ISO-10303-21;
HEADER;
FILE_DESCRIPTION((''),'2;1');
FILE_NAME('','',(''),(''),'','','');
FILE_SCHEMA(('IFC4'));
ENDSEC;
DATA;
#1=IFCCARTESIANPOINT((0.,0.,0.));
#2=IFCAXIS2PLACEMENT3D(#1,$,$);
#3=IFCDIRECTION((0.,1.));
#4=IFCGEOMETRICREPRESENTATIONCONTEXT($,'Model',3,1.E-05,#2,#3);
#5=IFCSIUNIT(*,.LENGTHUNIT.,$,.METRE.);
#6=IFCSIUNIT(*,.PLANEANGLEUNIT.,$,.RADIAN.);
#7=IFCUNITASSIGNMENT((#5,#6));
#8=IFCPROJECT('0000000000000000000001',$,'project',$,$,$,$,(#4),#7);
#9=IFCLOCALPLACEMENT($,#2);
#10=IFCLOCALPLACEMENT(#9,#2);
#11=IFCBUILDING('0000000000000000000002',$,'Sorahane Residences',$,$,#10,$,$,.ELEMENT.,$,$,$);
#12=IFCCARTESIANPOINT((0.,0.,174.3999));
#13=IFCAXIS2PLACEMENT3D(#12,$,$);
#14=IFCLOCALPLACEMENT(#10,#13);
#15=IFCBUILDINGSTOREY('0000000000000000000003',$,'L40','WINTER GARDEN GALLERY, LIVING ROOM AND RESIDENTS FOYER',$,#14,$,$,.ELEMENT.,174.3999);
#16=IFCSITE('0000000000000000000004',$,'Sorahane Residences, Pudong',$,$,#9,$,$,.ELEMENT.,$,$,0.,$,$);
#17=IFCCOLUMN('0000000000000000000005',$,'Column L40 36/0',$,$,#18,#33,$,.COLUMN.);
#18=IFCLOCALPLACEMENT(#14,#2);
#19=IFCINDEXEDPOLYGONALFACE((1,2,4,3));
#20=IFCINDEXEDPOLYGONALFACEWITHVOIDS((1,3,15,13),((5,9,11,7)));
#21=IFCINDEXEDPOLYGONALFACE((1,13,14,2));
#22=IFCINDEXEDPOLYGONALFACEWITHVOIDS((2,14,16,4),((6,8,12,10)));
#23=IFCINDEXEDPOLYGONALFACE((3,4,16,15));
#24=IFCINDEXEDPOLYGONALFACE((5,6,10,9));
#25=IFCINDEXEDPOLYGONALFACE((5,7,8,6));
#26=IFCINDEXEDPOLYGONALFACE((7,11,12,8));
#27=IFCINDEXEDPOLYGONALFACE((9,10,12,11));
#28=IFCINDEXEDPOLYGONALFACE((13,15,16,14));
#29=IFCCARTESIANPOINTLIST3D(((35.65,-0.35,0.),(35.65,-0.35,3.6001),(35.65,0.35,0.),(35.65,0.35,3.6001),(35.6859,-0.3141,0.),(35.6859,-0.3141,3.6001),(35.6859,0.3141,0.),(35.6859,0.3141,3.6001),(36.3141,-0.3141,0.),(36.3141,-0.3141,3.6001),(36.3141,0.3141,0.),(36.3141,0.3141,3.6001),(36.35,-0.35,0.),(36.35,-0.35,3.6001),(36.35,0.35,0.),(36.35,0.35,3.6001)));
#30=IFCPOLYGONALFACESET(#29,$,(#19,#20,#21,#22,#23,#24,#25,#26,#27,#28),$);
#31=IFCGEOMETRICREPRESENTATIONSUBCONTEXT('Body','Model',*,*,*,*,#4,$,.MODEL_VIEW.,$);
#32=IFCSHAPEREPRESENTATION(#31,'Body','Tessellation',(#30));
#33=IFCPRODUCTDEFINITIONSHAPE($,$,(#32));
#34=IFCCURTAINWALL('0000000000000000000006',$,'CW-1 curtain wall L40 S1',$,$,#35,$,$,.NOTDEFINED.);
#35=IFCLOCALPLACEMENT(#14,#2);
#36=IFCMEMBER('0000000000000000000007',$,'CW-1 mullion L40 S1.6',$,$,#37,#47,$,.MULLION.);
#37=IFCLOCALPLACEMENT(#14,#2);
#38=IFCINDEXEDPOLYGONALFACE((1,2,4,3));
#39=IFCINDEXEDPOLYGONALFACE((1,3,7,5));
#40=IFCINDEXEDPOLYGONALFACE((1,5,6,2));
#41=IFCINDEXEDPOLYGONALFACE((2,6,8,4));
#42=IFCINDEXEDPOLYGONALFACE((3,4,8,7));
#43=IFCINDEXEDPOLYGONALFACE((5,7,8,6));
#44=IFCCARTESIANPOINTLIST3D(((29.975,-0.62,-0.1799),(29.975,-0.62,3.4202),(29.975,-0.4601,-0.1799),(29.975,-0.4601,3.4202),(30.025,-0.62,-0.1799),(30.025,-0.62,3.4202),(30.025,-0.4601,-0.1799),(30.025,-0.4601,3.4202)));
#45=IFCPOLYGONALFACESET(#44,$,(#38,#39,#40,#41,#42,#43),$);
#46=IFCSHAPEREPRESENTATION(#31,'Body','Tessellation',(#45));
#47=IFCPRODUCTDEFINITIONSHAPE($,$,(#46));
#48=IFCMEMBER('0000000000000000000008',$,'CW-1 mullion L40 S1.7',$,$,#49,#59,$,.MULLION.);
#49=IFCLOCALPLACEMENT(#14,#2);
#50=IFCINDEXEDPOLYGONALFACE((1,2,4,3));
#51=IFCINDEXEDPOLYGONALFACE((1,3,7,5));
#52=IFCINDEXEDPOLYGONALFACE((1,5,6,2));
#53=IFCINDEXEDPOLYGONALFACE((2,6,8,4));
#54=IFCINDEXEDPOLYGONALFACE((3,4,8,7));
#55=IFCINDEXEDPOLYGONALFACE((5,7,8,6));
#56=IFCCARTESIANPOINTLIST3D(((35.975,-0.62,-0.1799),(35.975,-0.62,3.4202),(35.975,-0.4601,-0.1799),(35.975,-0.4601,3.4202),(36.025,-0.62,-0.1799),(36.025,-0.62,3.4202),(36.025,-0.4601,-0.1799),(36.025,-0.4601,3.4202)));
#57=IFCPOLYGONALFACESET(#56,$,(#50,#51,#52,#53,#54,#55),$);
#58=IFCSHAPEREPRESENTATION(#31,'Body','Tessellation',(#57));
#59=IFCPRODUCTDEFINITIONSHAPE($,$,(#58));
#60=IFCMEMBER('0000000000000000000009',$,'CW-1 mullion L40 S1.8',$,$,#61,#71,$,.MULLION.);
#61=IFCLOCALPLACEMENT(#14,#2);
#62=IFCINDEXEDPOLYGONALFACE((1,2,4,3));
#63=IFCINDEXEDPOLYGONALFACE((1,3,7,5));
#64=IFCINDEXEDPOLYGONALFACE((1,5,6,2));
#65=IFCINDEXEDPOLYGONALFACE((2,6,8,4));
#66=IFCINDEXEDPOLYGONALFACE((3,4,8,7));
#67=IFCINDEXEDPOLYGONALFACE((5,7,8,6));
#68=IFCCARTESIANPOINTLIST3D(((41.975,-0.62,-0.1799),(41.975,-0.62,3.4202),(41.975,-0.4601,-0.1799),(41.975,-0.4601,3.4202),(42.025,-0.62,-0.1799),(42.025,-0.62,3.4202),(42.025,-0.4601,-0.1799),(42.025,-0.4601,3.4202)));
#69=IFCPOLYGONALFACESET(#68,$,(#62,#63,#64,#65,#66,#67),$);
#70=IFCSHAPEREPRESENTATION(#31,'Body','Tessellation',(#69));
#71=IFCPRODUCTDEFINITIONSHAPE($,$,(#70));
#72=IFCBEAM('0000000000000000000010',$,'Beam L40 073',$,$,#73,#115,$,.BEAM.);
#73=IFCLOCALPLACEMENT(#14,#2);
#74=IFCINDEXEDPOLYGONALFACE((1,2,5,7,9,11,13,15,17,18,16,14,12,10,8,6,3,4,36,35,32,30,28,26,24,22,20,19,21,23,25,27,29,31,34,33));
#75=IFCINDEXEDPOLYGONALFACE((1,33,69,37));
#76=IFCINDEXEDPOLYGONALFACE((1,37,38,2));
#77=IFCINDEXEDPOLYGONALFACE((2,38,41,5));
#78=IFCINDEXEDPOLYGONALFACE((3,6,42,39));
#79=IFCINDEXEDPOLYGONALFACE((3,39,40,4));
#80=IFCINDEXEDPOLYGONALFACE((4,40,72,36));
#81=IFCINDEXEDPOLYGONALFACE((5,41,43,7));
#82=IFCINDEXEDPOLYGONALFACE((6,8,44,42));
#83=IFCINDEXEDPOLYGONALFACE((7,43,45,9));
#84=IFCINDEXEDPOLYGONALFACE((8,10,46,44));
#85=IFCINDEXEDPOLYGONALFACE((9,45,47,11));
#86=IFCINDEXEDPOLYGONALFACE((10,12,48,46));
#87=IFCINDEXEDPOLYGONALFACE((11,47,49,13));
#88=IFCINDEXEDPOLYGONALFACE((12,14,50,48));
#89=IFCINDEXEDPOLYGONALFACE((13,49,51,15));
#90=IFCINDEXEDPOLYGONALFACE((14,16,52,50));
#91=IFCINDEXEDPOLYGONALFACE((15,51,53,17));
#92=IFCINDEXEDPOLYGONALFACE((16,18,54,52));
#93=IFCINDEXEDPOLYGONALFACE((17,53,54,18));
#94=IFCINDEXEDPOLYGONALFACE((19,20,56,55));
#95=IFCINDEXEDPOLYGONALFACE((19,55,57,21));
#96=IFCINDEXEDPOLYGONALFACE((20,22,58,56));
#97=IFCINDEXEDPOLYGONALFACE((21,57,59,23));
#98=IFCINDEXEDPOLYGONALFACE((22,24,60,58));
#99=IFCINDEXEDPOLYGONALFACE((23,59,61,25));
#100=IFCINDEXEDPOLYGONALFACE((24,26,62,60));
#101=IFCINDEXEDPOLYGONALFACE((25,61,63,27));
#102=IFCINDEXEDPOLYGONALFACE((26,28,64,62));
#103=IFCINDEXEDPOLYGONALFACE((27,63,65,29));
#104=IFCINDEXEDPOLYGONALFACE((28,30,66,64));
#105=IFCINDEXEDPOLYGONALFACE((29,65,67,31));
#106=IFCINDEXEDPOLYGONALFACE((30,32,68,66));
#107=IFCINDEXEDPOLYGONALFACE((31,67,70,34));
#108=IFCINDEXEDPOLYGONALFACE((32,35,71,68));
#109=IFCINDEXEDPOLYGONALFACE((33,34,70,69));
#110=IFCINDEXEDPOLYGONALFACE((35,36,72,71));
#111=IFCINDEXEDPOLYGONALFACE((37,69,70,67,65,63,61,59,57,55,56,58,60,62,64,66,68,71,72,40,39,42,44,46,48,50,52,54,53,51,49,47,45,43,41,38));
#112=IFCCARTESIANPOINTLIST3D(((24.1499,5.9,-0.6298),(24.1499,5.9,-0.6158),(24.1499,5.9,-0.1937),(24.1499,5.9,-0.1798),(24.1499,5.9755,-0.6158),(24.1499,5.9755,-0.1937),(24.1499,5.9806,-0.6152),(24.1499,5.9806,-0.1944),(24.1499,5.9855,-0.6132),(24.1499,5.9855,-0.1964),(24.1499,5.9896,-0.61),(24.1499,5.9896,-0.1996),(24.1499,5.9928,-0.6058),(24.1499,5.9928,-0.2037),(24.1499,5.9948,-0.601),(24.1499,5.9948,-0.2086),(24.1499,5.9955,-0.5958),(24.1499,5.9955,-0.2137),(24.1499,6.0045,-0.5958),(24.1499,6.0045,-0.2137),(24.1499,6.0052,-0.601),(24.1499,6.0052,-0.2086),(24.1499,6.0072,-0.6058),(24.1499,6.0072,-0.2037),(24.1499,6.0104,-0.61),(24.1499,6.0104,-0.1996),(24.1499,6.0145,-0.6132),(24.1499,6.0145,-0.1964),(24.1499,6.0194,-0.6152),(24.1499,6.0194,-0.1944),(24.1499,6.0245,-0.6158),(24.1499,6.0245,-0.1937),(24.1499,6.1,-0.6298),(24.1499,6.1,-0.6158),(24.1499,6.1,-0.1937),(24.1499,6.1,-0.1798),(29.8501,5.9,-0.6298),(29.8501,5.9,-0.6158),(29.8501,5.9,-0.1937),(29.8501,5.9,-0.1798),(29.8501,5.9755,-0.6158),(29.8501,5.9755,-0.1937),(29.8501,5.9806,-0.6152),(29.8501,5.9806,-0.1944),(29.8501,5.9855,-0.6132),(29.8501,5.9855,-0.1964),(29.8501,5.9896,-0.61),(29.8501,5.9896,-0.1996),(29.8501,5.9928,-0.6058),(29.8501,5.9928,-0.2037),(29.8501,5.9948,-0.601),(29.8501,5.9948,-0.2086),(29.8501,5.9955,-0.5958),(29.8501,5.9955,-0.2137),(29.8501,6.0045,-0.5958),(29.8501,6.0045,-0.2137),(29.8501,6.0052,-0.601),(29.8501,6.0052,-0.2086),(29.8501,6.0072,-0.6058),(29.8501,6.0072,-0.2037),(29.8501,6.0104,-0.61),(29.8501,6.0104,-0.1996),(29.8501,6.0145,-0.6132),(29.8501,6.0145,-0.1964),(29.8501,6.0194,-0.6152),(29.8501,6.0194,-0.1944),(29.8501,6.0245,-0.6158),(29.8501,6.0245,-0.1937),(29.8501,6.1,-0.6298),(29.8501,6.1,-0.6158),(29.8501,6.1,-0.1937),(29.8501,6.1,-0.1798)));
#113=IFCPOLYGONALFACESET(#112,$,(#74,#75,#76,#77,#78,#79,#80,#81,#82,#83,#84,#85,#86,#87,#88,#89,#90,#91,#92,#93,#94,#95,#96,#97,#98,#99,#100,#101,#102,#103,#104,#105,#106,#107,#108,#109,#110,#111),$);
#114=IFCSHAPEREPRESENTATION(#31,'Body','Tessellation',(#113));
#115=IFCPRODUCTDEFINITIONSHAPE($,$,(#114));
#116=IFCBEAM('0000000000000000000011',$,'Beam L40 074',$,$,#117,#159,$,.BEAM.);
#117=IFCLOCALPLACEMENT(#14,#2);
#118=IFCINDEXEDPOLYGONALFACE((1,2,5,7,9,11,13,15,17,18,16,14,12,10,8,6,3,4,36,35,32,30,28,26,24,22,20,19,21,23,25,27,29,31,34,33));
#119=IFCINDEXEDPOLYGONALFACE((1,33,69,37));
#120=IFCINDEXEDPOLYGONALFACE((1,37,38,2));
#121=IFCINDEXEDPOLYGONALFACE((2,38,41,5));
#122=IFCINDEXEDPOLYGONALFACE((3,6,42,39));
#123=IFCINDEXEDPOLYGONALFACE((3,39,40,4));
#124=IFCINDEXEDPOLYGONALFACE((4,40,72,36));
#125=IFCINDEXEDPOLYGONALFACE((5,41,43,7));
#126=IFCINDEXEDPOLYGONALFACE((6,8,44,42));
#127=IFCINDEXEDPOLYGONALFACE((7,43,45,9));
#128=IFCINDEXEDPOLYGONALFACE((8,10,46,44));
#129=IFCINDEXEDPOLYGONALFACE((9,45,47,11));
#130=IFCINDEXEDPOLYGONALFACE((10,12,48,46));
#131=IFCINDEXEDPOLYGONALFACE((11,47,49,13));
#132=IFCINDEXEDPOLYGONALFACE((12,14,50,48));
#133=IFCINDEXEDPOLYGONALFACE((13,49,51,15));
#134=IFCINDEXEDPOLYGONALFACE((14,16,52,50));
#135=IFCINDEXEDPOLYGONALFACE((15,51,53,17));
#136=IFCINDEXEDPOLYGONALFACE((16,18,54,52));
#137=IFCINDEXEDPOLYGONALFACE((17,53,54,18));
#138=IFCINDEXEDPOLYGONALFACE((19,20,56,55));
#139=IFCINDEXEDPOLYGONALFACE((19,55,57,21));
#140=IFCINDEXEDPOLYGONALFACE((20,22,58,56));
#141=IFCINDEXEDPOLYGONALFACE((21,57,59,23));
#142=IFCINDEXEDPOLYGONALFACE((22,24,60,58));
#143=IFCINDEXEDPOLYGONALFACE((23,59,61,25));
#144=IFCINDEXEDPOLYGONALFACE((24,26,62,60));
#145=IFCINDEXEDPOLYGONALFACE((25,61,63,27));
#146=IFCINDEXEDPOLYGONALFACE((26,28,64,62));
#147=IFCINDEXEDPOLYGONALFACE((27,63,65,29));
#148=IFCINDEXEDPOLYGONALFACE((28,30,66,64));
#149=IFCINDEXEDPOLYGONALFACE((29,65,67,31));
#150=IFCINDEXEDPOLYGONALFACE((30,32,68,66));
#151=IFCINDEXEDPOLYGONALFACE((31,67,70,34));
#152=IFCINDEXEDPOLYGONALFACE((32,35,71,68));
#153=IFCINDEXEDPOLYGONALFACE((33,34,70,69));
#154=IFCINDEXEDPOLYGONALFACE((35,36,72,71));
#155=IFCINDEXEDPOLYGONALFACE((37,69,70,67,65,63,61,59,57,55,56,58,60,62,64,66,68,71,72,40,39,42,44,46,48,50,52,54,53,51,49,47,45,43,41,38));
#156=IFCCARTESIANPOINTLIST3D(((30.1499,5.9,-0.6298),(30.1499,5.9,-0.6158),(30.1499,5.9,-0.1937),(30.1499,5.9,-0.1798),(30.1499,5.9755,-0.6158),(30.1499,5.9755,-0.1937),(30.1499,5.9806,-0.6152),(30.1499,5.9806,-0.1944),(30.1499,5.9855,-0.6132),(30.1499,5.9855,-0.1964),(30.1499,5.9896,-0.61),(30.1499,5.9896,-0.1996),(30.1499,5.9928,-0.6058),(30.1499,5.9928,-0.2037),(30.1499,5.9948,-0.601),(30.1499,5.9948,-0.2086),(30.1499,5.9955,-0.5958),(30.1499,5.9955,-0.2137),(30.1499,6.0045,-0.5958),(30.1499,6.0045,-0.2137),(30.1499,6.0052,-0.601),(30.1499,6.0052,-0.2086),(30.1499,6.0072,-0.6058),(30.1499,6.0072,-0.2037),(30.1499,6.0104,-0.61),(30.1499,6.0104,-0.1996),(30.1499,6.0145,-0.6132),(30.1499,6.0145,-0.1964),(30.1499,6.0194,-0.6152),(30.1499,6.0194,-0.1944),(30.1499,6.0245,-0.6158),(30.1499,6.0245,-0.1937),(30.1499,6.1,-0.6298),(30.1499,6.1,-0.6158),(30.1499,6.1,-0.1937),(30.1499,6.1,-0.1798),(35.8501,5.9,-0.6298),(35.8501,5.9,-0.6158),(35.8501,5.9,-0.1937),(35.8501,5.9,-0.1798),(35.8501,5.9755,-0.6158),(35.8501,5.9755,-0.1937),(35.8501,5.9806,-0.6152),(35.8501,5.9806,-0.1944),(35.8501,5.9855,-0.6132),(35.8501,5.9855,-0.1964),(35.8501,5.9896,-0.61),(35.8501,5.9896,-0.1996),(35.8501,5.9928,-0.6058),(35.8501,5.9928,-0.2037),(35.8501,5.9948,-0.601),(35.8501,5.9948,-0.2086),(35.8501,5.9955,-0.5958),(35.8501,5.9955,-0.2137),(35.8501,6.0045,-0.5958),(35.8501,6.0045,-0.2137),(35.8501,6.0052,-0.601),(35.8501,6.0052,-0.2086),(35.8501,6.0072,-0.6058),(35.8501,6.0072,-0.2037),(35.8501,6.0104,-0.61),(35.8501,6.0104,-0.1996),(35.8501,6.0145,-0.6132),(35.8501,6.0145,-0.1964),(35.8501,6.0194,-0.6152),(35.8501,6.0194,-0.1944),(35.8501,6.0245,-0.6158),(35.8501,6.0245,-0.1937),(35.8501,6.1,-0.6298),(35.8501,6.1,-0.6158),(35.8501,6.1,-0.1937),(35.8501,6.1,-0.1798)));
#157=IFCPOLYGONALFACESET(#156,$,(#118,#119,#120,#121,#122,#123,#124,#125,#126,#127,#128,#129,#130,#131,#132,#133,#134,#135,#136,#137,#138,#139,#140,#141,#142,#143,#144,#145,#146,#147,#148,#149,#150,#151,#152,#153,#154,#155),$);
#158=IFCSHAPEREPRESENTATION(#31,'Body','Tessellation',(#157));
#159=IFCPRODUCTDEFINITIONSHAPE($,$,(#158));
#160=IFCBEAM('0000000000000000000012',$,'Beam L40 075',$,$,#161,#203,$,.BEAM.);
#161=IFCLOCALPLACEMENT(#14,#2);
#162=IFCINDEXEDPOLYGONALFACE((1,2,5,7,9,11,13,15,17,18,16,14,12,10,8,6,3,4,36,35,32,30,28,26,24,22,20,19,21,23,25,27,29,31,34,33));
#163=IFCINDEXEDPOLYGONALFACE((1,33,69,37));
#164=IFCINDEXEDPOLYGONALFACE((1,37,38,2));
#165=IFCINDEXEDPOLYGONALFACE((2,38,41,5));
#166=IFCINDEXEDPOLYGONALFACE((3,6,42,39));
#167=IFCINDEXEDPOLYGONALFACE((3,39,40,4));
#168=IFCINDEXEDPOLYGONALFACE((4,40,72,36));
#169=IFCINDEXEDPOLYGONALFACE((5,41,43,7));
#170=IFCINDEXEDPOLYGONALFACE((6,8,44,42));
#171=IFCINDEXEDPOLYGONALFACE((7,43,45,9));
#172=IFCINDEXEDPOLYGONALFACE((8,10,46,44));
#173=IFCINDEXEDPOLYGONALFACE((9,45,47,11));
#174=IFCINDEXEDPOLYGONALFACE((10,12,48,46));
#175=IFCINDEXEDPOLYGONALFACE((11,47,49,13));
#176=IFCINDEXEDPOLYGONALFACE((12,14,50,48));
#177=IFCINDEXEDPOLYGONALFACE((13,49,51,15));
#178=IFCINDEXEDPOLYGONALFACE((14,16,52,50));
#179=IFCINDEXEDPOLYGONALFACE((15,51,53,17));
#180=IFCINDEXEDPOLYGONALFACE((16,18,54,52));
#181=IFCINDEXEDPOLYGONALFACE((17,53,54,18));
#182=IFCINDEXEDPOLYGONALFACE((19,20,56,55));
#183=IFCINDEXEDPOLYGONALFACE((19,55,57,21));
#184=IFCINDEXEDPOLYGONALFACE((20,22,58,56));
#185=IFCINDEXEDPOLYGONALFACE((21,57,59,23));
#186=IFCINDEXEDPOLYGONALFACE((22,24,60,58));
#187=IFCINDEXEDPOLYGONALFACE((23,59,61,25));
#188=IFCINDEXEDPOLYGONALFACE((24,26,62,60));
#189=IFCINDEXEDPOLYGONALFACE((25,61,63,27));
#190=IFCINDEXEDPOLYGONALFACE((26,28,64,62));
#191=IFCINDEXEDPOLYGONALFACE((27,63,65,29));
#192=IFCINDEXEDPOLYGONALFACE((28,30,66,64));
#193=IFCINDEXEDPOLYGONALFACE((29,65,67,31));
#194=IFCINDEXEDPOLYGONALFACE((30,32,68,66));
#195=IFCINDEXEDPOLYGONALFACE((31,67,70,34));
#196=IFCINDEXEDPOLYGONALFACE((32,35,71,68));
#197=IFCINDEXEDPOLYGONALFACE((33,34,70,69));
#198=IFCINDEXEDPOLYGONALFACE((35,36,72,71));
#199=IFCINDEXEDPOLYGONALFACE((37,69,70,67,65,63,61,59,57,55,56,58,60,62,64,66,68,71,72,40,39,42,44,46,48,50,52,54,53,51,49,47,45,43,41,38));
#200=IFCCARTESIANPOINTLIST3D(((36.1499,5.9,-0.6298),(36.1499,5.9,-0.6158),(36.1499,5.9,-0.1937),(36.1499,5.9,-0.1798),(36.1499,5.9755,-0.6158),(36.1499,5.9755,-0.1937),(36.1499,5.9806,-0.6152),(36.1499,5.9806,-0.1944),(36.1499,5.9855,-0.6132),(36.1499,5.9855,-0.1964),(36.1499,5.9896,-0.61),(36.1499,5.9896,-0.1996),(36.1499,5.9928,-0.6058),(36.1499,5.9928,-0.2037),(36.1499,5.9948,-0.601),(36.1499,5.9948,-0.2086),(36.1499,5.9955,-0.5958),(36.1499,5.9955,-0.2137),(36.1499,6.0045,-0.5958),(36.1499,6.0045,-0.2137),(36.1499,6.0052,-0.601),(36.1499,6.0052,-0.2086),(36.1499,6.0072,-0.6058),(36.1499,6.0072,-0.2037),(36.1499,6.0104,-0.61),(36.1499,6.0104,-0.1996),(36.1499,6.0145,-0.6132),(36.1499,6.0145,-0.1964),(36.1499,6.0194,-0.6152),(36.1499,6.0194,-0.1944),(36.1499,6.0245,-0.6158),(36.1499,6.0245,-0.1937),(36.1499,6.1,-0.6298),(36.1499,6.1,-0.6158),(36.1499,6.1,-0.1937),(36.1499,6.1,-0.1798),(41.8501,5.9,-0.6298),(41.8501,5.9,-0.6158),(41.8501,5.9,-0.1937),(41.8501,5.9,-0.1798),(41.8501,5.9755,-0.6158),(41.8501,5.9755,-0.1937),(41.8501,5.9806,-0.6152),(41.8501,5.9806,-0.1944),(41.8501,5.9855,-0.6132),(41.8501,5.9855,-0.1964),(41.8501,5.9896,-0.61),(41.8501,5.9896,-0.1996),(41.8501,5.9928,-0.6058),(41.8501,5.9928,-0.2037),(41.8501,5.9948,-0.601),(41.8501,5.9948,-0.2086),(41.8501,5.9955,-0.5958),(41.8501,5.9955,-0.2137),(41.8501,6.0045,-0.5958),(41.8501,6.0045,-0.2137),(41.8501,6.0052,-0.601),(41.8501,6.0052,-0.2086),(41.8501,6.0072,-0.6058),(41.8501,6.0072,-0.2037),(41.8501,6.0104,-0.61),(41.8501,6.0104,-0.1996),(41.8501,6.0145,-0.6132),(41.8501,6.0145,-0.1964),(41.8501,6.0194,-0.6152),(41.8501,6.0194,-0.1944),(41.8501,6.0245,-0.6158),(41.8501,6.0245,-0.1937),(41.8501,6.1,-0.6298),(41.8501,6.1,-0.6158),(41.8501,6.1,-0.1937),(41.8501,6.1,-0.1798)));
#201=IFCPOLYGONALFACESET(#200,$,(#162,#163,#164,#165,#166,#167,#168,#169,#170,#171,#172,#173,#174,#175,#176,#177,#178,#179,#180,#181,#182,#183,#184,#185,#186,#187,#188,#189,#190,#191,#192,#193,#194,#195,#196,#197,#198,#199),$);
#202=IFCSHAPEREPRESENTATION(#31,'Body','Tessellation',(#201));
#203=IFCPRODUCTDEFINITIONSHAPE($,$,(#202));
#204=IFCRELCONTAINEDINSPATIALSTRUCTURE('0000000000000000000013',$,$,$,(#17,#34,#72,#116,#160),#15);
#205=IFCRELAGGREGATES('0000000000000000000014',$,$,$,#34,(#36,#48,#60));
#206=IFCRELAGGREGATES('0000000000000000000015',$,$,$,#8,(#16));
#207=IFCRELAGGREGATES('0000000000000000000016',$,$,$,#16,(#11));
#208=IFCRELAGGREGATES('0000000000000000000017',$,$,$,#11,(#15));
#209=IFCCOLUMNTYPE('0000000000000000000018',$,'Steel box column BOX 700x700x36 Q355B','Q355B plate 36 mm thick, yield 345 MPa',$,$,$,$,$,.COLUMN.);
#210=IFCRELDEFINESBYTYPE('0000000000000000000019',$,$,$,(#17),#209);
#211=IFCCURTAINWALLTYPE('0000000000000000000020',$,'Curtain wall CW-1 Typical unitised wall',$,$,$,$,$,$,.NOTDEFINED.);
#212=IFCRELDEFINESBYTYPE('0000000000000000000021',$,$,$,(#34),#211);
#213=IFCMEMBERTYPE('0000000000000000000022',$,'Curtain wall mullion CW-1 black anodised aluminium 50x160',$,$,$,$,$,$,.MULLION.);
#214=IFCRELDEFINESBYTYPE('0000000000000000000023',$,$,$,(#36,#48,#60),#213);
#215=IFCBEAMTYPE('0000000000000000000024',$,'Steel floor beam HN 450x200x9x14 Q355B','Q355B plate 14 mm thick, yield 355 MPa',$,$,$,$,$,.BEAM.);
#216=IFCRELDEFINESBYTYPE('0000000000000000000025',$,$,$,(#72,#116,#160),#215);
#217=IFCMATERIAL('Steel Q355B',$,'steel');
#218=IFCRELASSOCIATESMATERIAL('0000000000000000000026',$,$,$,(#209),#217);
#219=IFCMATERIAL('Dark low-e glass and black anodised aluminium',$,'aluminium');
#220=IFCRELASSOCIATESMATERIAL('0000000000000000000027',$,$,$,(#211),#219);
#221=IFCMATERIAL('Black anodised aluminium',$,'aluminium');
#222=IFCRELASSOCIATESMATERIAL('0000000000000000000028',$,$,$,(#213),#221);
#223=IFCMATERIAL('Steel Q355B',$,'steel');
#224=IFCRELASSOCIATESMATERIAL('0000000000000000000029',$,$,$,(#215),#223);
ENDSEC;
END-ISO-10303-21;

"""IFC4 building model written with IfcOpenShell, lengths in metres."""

from ifc_helpers import new_model, si_unit, direction, frame, origin, origin_2d, place, context, subcontext, project, spatial, rectangle, hollow_rectangle, i_section, extrude, material, material_profile, profile_set, type_object, element, aggregate, save


model = new_model("IFC4")

# Units and contexts
model_context = context("Model", 3, precision=1e-05, world=origin(), true_north=direction((0.0, 1.0)))
body_context = subcontext(model_context, "Body", "Model", "MODEL_VIEW")
ifc_project = project(units=[si_unit("LENGTHUNIT", "METRE"), si_unit("PLANEANGLEUNIT", "RADIAN")], contexts=[model_context])

# Site, building, storey
site_placement = place(None, origin())
site = spatial("IfcSite", under=ifc_project, at=site_placement, Name="Sorahane Residences, Pudong", CompositionType="ELEMENT", RefElevation=0.0)
building_placement = place(site_placement, origin())
building = spatial("IfcBuilding", under=site, at=building_placement, Name="Sorahane Residences", CompositionType="ELEMENT")
storey_placement = place(building_placement, frame((0.0, 0.0, 174.3999)))
storey = spatial("IfcBuildingStorey", under=building, at=storey_placement, Name="L40", Description="WINTER GARDEN GALLERY, LIVING ROOM AND RESIDENTS FOYER", CompositionType="ELEMENT", Elevation=174.3999)

# Column
ifc_material_1 = material(Name="Steel Q355B", Category="steel")
ifc_material_profile_1 = material_profile(ifc_material_1, hollow_rectangle(XDim=0.7, YDim=0.7, WallThickness=0.0359, at=origin_2d()), Name="BOX 700x700x36")
ifc_profile_set_1 = profile_set([ifc_material_profile_1], Name="Steel Q355B")
column_type = type_object("IfcColumnType", Name="Steel box column BOX 700x700x36 Q355B", Description="Q355B plate 36 mm thick, yield 345 MPa", PredefinedType="COLUMN", material=ifc_profile_set_1)
column_placement = place(storey_placement, frame((36.0, 0.0, 0.0), z_axis=(0.0, 0.0, 1.0), x_axis=(1.0, 0.0, 0.0)))
element("IfcColumn", 1, at=column_placement, inside=storey, type_object=column_type, Name="Column L40 36/0", PredefinedType="COLUMN", context=body_context, shape_type="SweptSolid", body=[
    extrude(hollow_rectangle(XDim=0.7, YDim=0.7, WallThickness=0.0359, at=origin_2d()), origin(), (0.0, 0.0, 1.0), 3.6001),
])

# Curtain wall, members
ifc_material_2 = material(Name="Dark low-e glass and black anodised aluminium", Category="aluminium")
curtain_wall_type = type_object("IfcCurtainWallType", Name="Curtain wall CW-1 Typical unitised wall", PredefinedType="NOTDEFINED", material=ifc_material_2)
curtain_wall_placement = place(storey_placement, origin())
curtain_wall = element("IfcCurtainWall", 2, at=curtain_wall_placement, inside=storey, type_object=curtain_wall_type, Name="CW-1 curtain wall L40 S1", PredefinedType="NOTDEFINED")
ifc_material_3 = material(Name="Black anodised aluminium", Category="aluminium")
ifc_material_profile_2 = material_profile(ifc_material_3, rectangle(XDim=0.1599, YDim=0.05, at=origin_2d()), Name="Curtain wall mullion CW-1 black anodised aluminium 50x160")
ifc_profile_set_2 = profile_set([ifc_material_profile_2], Name="Black anodised aluminium")
member_type = type_object("IfcMemberType", Name="Curtain wall mullion CW-1 black anodised aluminium 50x160", PredefinedType="MULLION", material=ifc_profile_set_2)
member_1_placement = place(storey_placement, frame((30.0, -0.54, -0.1799), z_axis=(0.0, 0.0, 1.0), x_axis=(0.0, -1.0, 0.0)))
member_1 = element("IfcMember", 3, at=member_1_placement, type_object=member_type, Name="CW-1 mullion L40 S1.6", PredefinedType="MULLION", context=body_context, shape_type="SweptSolid", body=[
    extrude(rectangle(XDim=0.1599, YDim=0.05, at=origin_2d()), origin(), (0.0, 0.0, 1.0), 3.6001),
])
member_2_placement = place(storey_placement, frame((36.0, -0.54, -0.1799), z_axis=(0.0, 0.0, 1.0), x_axis=(0.0, -1.0, 0.0)))
member_2 = element("IfcMember", 4, at=member_2_placement, type_object=member_type, Name="CW-1 mullion L40 S1.7", PredefinedType="MULLION", context=body_context, shape_type="SweptSolid", body=[
    extrude(rectangle(XDim=0.1599, YDim=0.05, at=origin_2d()), origin(), (0.0, 0.0, 1.0), 3.6001),
])
member_3_placement = place(storey_placement, frame((42.0, -0.54, -0.1799), z_axis=(0.0, 0.0, 1.0), x_axis=(0.0, -1.0, 0.0)))
member_3 = element("IfcMember", 5, at=member_3_placement, type_object=member_type, Name="CW-1 mullion L40 S1.8", PredefinedType="MULLION", context=body_context, shape_type="SweptSolid", body=[
    extrude(rectangle(XDim=0.1599, YDim=0.05, at=origin_2d()), origin(), (0.0, 0.0, 1.0), 3.6001),
])

# Beams
ifc_material_4 = material(Name="Steel Q355B", Category="steel")
ifc_material_profile_3 = material_profile(ifc_material_4, i_section(OverallWidth=0.2, OverallDepth=0.45, WebThickness=0.009, FlangeThickness=0.0139, FilletRadius=0.02, at=origin_2d()), Name="HN 450x200x9x14")
ifc_profile_set_3 = profile_set([ifc_material_profile_3], Name="Steel Q355B")
beam_type_1 = type_object("IfcBeamType", Name="Steel floor beam HN 450x200x9x14 Q355B", Description="Q355B plate 14 mm thick, yield 355 MPa", PredefinedType="BEAM", material=ifc_profile_set_3)
for number, where, z_axis, x_axis, name in (
    (6, (24.1499, 6.0, -0.4048), (1.0, 0.0, 0.0), (0.0, 1.0, 0.0), "Beam L40 073"),
    (7, (30.1499, 6.0, -0.4048), (1.0, 0.0, 0.0), (0.0, 1.0, 0.0), "Beam L40 074"),
    (8, (36.1499, 6.0, -0.4048), (1.0, 0.0, 0.0), (0.0, 1.0, 0.0), "Beam L40 075"),
):
    element("IfcBeam", number, at=place(storey_placement, frame(where, z_axis=z_axis, x_axis=x_axis)), inside=storey, type_object=beam_type_1, Name=name, PredefinedType="BEAM", context=body_context, shape_type="SweptSolid", body=[
        extrude(i_section(OverallWidth=0.2, OverallDepth=0.45, WebThickness=0.009, FlangeThickness=0.0139, FilletRadius=0.02, at=origin_2d()), origin(), (0.0, 0.0, 1.0), 5.7002),
    ])

aggregate(curtain_wall, [member_1, member_2, member_3])

save(model, "model.ifc")
